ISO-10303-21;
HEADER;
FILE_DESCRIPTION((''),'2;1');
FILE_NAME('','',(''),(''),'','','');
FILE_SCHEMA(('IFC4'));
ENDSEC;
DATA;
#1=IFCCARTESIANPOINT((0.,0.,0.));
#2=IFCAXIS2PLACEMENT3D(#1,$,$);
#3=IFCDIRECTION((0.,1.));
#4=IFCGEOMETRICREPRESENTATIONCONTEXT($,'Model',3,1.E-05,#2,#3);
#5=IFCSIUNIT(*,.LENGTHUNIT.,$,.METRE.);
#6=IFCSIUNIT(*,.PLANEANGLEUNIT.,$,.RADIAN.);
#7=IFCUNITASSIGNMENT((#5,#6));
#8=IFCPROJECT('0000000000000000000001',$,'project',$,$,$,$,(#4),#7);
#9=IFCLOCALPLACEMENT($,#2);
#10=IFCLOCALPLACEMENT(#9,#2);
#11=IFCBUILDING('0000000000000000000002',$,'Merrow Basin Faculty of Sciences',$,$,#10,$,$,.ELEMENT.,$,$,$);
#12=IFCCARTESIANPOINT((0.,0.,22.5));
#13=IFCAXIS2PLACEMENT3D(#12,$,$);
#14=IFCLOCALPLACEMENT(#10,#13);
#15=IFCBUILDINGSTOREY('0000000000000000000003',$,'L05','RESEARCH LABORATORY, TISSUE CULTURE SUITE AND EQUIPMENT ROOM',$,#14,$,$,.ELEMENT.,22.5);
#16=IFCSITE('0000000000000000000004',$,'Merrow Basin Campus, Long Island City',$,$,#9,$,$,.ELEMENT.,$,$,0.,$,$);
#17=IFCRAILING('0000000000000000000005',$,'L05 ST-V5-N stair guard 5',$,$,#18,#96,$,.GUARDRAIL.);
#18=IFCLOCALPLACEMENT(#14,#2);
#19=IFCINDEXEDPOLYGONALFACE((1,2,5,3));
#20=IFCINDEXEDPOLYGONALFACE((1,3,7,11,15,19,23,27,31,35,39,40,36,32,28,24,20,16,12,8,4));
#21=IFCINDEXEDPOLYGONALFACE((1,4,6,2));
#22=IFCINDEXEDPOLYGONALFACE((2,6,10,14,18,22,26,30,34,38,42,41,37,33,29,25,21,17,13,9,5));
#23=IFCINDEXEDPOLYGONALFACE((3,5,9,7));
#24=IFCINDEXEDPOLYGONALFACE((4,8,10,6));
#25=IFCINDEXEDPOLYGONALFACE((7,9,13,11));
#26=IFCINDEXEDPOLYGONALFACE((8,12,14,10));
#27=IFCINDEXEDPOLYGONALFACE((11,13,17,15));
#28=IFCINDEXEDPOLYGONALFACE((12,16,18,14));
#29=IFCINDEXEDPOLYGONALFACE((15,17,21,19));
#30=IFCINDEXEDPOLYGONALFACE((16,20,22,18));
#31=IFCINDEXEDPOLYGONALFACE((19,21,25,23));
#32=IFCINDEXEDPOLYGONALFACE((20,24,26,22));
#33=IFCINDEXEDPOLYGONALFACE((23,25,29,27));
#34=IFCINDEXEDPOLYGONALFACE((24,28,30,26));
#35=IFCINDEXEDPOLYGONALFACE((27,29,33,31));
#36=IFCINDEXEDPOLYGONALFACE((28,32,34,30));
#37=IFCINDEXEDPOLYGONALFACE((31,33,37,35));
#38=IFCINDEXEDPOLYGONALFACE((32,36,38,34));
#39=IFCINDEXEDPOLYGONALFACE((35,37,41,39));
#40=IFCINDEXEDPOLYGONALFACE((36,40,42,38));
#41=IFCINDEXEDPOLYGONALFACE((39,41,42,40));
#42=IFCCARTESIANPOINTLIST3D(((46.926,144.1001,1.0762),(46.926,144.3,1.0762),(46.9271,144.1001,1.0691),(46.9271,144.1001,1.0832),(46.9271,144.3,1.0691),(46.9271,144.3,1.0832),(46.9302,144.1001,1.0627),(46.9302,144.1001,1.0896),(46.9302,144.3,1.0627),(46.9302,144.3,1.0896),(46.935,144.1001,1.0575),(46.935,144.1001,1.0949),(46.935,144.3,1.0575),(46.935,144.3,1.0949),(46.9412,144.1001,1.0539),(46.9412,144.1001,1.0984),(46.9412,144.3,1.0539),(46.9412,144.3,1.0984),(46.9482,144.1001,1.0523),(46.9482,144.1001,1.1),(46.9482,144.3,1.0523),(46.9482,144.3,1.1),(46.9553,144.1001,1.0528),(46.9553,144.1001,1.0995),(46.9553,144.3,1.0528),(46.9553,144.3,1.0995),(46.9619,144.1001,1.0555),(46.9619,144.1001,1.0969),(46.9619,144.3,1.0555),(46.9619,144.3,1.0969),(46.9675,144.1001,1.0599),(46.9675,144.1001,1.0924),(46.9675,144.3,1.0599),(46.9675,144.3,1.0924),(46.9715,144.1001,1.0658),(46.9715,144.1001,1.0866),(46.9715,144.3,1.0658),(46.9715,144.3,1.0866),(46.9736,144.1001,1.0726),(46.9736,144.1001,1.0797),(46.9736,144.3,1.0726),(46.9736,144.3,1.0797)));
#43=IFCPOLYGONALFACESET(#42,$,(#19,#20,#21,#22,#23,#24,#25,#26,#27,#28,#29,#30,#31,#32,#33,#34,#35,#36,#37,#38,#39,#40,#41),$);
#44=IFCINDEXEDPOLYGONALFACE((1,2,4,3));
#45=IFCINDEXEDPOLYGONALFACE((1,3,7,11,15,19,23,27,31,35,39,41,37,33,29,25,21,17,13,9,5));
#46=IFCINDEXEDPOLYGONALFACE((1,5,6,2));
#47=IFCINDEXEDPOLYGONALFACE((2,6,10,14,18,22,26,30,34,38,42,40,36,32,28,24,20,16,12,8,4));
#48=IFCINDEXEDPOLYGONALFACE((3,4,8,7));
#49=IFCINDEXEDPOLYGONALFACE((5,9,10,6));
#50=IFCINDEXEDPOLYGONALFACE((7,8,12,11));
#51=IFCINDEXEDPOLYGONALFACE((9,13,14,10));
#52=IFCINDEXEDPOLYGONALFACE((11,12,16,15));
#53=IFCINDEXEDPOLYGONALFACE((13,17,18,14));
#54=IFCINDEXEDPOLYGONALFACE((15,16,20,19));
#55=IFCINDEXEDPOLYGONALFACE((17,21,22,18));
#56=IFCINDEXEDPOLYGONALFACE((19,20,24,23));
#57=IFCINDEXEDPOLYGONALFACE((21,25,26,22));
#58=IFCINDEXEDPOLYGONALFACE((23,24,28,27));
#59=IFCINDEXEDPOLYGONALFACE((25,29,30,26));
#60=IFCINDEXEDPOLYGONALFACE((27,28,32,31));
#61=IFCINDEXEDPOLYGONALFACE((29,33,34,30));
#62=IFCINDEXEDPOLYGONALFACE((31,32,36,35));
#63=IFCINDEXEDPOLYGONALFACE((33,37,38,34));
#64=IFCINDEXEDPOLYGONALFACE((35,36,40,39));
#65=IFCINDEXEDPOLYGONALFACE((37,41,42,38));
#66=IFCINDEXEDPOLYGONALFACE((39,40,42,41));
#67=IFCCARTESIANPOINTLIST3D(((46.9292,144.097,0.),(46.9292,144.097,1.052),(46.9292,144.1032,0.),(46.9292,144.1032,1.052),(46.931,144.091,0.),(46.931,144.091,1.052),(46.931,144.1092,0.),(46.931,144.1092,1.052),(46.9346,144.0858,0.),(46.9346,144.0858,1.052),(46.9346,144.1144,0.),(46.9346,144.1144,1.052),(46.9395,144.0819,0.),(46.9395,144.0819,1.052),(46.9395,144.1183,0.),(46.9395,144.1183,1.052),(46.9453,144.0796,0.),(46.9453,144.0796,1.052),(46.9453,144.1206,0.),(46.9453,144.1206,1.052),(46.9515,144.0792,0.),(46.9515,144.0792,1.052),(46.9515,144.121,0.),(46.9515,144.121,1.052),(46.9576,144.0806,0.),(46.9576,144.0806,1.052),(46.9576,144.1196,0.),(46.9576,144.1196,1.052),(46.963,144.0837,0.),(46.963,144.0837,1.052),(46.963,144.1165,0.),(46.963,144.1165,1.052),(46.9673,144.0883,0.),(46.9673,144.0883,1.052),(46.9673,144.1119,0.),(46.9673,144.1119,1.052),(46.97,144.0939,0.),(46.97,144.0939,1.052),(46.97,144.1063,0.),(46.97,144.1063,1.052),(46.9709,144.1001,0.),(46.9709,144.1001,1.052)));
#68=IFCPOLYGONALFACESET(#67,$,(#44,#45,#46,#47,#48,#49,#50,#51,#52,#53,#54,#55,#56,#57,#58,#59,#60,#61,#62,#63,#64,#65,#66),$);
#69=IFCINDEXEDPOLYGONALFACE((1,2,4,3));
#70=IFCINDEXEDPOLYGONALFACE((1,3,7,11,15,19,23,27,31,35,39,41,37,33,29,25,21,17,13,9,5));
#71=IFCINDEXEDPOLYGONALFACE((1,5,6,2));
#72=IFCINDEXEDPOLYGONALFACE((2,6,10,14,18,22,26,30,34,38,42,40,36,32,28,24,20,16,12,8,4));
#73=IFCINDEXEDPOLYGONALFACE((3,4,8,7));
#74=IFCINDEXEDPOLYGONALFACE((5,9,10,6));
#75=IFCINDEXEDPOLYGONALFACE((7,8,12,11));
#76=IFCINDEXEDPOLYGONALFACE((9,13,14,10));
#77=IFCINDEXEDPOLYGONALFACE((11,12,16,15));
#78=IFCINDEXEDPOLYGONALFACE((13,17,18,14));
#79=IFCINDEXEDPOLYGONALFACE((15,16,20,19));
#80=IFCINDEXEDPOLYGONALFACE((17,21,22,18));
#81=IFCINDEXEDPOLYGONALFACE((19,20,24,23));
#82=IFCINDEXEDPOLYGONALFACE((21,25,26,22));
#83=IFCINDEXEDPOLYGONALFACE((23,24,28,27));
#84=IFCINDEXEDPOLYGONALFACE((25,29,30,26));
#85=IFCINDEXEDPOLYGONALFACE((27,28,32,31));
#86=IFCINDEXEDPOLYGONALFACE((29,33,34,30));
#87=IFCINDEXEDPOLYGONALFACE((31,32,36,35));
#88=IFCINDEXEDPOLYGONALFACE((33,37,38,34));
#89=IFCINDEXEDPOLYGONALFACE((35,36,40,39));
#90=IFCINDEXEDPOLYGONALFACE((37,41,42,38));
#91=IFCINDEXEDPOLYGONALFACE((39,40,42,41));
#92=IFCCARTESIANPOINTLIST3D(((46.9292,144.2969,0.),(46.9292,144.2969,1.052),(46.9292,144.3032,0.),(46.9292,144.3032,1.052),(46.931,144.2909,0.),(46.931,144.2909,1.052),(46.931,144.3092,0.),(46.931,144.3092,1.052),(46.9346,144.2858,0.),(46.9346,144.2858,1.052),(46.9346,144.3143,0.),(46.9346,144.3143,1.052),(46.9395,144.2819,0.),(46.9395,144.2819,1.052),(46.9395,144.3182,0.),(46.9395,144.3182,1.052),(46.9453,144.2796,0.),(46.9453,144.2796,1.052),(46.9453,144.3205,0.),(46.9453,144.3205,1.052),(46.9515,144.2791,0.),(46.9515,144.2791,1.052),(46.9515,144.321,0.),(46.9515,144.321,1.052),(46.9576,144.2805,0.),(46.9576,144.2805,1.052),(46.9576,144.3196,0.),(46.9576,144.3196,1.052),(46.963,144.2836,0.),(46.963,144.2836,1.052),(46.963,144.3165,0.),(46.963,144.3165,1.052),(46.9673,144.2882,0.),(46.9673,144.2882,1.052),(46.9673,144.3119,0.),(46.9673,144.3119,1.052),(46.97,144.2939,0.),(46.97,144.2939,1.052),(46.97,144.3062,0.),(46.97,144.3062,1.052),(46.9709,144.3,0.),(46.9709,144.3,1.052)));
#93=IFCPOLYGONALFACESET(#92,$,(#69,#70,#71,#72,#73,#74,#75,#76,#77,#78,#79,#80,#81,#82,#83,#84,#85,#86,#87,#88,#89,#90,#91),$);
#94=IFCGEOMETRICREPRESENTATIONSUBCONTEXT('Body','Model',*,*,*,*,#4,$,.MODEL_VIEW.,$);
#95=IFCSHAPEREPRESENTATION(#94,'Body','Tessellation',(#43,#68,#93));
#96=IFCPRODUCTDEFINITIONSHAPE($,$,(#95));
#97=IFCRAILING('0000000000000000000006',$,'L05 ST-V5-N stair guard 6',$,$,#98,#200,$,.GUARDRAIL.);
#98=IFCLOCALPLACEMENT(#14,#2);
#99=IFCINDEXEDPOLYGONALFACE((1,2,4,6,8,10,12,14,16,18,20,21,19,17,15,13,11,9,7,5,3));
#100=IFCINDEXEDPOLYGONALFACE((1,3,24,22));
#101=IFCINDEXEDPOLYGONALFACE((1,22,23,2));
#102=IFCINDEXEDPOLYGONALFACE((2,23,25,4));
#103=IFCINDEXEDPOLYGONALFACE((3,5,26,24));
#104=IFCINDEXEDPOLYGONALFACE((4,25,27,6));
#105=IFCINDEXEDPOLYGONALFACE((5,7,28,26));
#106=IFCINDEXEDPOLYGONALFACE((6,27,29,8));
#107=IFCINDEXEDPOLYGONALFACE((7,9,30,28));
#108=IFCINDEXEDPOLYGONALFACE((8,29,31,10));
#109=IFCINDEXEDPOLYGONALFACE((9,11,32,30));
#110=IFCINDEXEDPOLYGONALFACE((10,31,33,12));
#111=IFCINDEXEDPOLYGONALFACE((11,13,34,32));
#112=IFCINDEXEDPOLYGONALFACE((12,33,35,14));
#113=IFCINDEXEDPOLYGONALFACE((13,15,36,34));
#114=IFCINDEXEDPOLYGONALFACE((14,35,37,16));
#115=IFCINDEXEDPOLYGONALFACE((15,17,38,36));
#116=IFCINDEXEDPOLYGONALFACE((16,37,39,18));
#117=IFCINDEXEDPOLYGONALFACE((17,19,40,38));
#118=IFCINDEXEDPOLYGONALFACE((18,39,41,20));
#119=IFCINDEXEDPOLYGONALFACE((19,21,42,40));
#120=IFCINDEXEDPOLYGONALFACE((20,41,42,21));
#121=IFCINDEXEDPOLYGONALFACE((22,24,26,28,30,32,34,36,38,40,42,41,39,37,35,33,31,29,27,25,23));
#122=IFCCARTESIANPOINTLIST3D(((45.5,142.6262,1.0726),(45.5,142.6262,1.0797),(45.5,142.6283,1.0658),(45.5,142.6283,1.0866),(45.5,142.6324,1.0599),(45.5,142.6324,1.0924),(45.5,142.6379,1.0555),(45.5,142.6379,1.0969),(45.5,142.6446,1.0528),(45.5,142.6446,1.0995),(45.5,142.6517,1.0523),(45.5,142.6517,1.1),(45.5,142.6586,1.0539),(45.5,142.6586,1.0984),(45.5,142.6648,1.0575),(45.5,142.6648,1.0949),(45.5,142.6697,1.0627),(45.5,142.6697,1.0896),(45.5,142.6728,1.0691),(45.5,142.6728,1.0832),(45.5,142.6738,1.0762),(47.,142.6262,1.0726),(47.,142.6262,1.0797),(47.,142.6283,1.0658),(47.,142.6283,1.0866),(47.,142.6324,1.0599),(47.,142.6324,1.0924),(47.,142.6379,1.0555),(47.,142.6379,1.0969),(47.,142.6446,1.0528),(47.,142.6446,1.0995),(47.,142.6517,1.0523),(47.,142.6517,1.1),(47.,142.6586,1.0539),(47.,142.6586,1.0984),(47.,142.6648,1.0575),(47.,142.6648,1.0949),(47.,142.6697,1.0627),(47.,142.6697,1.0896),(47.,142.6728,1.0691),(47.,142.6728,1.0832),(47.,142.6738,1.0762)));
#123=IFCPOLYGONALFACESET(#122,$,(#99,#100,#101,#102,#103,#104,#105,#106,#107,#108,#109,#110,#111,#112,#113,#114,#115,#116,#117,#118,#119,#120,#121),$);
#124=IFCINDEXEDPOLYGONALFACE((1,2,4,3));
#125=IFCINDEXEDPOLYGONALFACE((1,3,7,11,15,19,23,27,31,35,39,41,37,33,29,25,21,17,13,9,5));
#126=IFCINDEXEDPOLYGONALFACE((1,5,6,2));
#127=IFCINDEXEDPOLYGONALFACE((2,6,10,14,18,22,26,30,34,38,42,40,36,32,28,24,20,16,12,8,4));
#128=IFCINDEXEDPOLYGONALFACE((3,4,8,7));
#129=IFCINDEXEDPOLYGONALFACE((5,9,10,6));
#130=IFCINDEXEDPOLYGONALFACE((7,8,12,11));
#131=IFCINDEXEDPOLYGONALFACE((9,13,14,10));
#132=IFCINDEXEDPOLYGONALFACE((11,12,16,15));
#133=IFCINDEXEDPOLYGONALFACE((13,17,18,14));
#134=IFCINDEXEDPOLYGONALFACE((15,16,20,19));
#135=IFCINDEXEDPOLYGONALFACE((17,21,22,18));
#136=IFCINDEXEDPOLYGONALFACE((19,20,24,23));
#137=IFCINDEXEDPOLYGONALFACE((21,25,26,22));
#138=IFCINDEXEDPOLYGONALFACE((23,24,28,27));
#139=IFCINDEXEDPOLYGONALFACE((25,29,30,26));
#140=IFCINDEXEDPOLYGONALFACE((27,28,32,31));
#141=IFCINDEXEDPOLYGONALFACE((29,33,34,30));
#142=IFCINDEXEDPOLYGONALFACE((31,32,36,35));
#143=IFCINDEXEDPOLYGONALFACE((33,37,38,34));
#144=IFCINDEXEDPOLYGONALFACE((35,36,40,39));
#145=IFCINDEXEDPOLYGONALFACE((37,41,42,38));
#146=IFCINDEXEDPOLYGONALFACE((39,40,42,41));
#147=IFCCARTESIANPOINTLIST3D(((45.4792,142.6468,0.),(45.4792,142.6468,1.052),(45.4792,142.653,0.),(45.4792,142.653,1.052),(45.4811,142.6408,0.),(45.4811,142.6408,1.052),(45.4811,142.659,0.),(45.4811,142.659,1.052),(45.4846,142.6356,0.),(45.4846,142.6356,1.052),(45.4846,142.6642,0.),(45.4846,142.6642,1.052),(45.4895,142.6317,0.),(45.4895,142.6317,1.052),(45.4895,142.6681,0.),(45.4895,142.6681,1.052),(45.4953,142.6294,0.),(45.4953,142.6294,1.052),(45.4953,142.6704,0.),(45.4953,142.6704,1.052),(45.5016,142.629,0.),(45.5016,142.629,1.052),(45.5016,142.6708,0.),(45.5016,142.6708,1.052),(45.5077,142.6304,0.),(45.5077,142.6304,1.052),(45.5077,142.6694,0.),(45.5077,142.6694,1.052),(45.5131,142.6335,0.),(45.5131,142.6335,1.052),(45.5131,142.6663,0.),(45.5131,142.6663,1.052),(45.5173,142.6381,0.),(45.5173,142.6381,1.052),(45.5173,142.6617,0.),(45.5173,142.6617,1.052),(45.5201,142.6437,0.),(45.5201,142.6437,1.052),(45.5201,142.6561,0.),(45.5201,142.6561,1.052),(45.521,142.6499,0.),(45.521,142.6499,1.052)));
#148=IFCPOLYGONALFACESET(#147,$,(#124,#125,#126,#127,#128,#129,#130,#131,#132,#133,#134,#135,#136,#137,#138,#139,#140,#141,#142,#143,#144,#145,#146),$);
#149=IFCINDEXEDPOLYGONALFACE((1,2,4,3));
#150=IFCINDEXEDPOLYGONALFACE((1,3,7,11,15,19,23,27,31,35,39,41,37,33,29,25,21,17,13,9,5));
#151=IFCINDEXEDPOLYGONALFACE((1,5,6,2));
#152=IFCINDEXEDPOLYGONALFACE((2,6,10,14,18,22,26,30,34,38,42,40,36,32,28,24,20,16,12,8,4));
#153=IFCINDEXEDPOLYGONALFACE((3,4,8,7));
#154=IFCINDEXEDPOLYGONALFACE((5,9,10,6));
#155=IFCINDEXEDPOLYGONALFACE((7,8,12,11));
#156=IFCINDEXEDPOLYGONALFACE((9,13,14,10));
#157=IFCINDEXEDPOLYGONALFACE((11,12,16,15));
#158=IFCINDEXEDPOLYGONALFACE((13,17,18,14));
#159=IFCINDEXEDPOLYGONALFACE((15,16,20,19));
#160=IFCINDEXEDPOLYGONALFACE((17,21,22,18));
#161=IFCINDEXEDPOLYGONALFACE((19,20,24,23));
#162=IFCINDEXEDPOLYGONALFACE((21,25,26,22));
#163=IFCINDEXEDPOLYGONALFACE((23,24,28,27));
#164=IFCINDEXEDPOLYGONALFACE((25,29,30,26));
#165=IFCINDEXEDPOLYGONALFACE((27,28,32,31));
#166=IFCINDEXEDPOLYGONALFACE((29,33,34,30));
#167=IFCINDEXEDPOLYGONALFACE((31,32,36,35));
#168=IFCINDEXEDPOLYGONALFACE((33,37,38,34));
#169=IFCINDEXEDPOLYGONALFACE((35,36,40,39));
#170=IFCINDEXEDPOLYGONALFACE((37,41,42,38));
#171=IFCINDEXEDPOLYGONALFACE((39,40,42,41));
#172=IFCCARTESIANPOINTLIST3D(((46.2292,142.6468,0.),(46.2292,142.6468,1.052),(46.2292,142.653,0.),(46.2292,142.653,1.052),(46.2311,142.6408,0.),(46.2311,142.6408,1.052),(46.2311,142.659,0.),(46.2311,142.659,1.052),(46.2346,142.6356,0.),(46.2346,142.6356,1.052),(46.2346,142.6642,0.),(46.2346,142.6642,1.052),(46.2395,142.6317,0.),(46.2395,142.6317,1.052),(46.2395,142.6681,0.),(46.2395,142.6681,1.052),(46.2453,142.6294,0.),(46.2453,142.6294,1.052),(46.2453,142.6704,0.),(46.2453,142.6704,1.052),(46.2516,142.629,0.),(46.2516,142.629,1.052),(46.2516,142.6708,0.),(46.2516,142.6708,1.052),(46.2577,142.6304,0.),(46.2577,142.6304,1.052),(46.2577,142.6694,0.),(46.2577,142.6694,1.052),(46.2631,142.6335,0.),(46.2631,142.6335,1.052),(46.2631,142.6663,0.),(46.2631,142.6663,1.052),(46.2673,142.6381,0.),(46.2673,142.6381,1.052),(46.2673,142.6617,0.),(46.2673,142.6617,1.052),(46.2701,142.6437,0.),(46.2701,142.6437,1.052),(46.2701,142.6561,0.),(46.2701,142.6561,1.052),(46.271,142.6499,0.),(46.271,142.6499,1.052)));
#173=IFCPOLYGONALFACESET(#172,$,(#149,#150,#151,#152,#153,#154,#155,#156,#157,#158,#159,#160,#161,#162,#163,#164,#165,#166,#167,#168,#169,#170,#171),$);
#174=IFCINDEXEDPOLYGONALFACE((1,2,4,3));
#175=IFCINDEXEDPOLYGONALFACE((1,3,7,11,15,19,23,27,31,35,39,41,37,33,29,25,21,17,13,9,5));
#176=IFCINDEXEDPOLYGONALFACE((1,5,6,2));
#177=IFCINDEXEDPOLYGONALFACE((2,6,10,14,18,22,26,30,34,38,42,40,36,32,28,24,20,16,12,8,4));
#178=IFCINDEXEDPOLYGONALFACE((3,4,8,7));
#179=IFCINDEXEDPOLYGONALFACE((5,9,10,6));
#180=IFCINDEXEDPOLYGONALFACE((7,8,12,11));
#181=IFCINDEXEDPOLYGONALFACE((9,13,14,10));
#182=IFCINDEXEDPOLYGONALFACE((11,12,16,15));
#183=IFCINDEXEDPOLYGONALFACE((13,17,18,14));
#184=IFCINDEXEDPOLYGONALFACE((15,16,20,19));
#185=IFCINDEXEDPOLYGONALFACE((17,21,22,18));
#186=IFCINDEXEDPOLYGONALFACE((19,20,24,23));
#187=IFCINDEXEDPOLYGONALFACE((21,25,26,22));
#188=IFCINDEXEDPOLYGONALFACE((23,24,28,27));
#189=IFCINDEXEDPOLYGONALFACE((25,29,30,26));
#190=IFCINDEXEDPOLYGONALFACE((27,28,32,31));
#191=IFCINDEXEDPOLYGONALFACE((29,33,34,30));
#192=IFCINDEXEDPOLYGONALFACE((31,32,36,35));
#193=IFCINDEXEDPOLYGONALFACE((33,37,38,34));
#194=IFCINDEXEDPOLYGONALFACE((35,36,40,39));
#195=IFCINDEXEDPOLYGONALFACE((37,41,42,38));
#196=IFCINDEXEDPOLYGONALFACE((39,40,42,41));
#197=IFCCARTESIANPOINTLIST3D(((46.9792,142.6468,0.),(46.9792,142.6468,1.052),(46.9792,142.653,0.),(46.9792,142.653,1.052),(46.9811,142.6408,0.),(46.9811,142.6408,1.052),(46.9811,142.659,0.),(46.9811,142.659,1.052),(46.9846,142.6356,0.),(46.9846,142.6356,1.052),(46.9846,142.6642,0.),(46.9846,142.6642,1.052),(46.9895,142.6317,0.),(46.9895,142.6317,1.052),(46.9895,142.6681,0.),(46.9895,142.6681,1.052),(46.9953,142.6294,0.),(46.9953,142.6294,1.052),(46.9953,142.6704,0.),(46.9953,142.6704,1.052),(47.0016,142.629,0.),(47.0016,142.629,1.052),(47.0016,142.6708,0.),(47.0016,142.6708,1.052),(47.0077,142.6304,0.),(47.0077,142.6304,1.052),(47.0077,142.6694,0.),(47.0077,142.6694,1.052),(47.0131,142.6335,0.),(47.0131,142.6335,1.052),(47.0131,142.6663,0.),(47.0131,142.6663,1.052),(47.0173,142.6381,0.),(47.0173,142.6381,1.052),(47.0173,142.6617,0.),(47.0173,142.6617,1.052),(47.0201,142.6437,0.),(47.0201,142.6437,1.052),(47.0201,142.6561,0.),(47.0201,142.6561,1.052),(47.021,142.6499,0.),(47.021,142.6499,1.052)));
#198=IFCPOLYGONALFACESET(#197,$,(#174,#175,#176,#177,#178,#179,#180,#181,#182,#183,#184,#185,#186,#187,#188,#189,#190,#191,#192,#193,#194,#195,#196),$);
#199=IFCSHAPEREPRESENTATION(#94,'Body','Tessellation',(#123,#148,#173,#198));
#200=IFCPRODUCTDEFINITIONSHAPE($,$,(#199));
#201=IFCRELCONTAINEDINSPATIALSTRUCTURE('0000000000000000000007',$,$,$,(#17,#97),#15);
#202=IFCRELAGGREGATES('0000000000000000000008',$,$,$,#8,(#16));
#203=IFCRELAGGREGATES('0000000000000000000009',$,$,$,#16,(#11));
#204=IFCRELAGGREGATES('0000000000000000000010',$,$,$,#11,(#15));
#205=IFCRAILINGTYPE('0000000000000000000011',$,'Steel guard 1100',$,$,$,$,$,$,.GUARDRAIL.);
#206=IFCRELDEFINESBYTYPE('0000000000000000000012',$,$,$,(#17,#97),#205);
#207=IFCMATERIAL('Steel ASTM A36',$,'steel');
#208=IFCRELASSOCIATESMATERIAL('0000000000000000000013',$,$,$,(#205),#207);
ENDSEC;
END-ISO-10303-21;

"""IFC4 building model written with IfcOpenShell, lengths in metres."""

from ifc_helpers import new_model, si_unit, direction, frame, origin, origin_2d, place, context, subcontext, project, spatial, circle, extrude, material, type_object, element, save


model = new_model("IFC4")

# Units and contexts
model_context = context("Model", 3, precision=1e-05, world=origin(), true_north=direction((0.0, 1.0)))
body_context = subcontext(model_context, "Body", "Model", "MODEL_VIEW")
ifc_project = project(units=[si_unit("LENGTHUNIT", "METRE"), si_unit("PLANEANGLEUNIT", "RADIAN")], contexts=[model_context])

# Site, building, storey
site_placement = place(None, origin())
site = spatial("IfcSite", under=ifc_project, at=site_placement, Name="Merrow Basin Campus, Long Island City", CompositionType="ELEMENT", RefElevation=0.0)
building_placement = place(site_placement, origin())
building = spatial("IfcBuilding", under=site, at=building_placement, Name="Merrow Basin Faculty of Sciences", CompositionType="ELEMENT")
storey_placement = place(building_placement, frame((0.0, 0.0, 22.5)))
storey = spatial("IfcBuildingStorey", under=building, at=storey_placement, Name="L05", Description="RESEARCH LABORATORY, TISSUE CULTURE SUITE AND EQUIPMENT ROOM", CompositionType="ELEMENT", Elevation=22.5)

# Railings
ifc_material_1 = material(Name="Steel ASTM A36", Category="steel")
railing_type_1 = type_object("IfcRailingType", Name="Steel guard 1100", PredefinedType="GUARDRAIL", material=ifc_material_1)
railing_1_placement = place(storey_placement, frame((46.95, 144.1001, 0.0)))
element("IfcRailing", 1, at=railing_1_placement, inside=storey, type_object=railing_type_1, Name="L05 ST-V5-N stair guard 5", PredefinedType="GUARDRAIL", context=body_context, shape_type="SweptSolid", body=[
    extrude(circle(Radius=0.0239, at=origin_2d()), frame((0.0, 0.0, 1.0762), z_axis=(0.0, 1.0, 0.0), x_axis=(-1.0, 0.0, 0.0)), (0.0, 0.0, 1.0), 0.2),
    extrude(circle(Radius=0.021, at=origin_2d()), origin(), (0.0, 0.0, 1.0), 1.052),
    extrude(circle(Radius=0.021, at=origin_2d()), frame((0.0, 0.2, 0.0)), (0.0, 0.0, 1.0), 1.052),
])
railing_2_placement = place(storey_placement, frame((45.5, 142.6499, 0.0)))
element("IfcRailing", 2, at=railing_2_placement, inside=storey, type_object=railing_type_1, Name="L05 ST-V5-N stair guard 6", PredefinedType="GUARDRAIL", context=body_context, shape_type="SweptSolid", body=[
    extrude(circle(Radius=0.0239, at=origin_2d()), frame((0.0, 0.0, 1.0762), z_axis=(1.0, 0.0, 0.0), x_axis=(0.0, 1.0, 0.0)), (0.0, 0.0, 1.0), 1.5),
    extrude(circle(Radius=0.021, at=origin_2d()), origin(), (0.0, 0.0, 1.0), 1.052),
    extrude(circle(Radius=0.021, at=origin_2d()), frame((0.75, 0.0, 0.0)), (0.0, 0.0, 1.0), 1.052),
    extrude(circle(Radius=0.021, at=origin_2d()), frame((1.5, 0.0, 0.0)), (0.0, 0.0, 1.0), 1.052),
])

save(model, "model.ifc")
